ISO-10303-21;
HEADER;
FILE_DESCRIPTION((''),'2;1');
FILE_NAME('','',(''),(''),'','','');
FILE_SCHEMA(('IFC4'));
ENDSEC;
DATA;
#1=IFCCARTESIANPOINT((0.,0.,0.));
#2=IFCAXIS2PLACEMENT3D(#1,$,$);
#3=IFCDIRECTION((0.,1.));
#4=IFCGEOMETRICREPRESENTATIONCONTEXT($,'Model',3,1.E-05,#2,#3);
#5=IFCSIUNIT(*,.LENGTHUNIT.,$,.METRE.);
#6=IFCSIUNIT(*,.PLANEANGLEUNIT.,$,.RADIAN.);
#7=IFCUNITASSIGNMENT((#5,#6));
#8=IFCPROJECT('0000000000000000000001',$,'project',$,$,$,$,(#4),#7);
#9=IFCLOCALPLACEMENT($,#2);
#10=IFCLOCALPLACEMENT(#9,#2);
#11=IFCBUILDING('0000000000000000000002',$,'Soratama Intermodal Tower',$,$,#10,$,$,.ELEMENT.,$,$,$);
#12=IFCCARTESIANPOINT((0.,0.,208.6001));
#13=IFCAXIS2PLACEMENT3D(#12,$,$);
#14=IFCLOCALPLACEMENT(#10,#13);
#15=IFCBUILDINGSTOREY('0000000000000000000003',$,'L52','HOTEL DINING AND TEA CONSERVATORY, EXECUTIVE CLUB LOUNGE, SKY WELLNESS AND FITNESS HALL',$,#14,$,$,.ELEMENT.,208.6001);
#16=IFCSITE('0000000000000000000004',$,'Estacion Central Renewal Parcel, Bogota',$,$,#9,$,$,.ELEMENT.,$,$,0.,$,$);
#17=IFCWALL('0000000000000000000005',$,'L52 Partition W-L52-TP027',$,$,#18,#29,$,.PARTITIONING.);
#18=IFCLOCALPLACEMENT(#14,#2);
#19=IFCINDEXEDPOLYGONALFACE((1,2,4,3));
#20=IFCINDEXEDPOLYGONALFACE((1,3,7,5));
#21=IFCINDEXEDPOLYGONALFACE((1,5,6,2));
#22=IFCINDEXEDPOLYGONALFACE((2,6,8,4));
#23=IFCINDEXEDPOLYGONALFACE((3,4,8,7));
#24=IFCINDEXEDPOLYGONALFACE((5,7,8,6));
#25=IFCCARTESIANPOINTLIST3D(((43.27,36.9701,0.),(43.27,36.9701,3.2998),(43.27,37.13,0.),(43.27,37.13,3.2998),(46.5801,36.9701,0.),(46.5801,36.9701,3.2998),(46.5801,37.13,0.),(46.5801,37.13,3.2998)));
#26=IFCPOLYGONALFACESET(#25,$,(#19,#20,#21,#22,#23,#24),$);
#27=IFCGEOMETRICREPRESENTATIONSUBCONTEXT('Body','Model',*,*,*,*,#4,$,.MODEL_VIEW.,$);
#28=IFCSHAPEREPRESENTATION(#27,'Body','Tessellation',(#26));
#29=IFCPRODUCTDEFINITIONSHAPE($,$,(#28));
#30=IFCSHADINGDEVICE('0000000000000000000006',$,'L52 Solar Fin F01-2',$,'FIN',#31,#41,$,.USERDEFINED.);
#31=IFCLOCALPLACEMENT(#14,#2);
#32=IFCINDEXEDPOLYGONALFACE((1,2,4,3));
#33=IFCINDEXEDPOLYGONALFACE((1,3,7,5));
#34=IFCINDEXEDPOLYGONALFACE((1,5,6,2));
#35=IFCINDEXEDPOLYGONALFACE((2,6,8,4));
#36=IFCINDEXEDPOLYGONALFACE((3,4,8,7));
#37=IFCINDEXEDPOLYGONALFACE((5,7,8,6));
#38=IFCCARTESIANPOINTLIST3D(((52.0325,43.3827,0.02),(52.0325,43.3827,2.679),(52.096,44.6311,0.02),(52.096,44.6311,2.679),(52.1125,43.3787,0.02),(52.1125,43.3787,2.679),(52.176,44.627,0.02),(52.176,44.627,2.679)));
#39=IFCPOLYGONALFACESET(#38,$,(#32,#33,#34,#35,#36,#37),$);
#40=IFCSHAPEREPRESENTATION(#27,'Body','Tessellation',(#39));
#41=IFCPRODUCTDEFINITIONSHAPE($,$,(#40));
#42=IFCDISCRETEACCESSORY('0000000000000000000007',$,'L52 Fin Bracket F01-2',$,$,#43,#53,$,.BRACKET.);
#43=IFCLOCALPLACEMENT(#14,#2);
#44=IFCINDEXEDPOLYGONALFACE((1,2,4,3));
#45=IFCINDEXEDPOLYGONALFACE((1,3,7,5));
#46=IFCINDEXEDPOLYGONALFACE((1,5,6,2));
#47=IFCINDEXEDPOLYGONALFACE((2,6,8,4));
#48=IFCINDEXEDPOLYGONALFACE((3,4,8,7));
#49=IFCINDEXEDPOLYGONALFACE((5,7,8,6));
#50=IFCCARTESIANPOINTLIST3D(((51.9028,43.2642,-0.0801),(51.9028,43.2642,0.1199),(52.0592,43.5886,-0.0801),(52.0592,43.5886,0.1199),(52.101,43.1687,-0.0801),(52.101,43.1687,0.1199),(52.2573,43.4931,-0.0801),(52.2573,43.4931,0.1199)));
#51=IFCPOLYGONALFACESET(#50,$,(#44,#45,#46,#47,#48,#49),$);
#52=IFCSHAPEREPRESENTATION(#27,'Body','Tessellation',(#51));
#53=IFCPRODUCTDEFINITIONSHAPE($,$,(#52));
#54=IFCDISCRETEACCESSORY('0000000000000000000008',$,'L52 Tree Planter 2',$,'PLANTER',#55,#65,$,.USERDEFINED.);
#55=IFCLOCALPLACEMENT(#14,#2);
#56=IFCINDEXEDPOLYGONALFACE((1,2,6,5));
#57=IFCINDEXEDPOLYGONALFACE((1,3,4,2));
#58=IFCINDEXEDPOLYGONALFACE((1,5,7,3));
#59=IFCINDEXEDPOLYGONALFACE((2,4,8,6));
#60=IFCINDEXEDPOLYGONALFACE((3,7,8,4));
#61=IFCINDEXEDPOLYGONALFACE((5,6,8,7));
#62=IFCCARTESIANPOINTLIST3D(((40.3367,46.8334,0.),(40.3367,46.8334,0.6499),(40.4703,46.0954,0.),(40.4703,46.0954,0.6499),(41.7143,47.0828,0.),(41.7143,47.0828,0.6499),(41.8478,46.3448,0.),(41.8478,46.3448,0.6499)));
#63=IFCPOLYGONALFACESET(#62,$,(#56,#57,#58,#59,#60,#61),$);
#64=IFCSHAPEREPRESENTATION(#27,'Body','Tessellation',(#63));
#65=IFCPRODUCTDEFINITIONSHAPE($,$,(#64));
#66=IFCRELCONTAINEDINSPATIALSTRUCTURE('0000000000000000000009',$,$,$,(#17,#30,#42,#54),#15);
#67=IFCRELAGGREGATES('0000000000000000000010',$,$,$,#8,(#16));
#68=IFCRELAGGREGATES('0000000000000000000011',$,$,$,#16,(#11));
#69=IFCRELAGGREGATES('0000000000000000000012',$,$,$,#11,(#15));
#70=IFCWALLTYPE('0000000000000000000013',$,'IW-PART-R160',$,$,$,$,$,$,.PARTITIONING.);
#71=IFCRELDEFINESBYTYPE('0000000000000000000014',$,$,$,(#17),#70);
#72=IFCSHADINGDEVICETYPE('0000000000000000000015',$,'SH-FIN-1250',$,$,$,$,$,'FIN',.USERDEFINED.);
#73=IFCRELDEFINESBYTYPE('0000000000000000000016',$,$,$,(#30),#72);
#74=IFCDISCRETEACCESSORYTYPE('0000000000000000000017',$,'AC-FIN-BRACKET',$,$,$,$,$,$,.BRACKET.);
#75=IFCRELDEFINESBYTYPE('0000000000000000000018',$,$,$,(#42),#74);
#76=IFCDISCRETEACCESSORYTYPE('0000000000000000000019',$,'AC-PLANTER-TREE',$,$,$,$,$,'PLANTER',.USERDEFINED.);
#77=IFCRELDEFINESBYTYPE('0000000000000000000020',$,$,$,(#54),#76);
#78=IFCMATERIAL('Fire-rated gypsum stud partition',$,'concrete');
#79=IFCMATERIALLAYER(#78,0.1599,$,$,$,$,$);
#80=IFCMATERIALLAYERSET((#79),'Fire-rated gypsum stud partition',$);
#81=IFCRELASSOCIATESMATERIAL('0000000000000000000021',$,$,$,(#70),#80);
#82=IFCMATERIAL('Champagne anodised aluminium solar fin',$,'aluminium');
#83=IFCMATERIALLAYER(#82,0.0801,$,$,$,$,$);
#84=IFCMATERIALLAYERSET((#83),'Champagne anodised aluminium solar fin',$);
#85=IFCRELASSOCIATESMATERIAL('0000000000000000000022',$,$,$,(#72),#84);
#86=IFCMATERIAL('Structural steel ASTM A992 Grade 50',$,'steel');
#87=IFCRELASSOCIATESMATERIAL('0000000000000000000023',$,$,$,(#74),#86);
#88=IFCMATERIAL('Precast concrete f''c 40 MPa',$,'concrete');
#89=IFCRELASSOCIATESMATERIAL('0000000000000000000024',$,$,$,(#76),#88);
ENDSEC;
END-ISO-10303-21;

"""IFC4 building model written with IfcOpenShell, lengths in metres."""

from ifc_helpers import new_model, si_unit, direction, frame, frame_2d, origin, origin_2d, place, context, subcontext, project, spatial, rectangle, extrude, material, layer, layer_set, type_object, element, save


model = new_model("IFC4")

# Units and contexts
model_context = context("Model", 3, precision=1e-05, world=origin(), true_north=direction((0.0, 1.0)))
body_context = subcontext(model_context, "Body", "Model", "MODEL_VIEW")
ifc_project = project(units=[si_unit("LENGTHUNIT", "METRE"), si_unit("PLANEANGLEUNIT", "RADIAN")], contexts=[model_context])

# Site, building, storey
site_placement = place(None, origin())
site = spatial("IfcSite", under=ifc_project, at=site_placement, Name="Estacion Central Renewal Parcel, Bogota", CompositionType="ELEMENT", RefElevation=0.0)
building_placement = place(site_placement, origin())
building = spatial("IfcBuilding", under=site, at=building_placement, Name="Soratama Intermodal Tower", CompositionType="ELEMENT")
storey_placement = place(building_placement, frame((0.0, 0.0, 208.6001)))
storey = spatial("IfcBuildingStorey", under=building, at=storey_placement, Name="L52", Description="HOTEL DINING AND TEA CONSERVATORY, EXECUTIVE CLUB LOUNGE, SKY WELLNESS AND FITNESS HALL", CompositionType="ELEMENT", Elevation=208.6001)

# Shared definitions
ifc_material_1 = material(Name="Fire-rated gypsum stud partition", Category="concrete")
ifc_layer_1 = layer(ifc_material_1, 0.1599)
ifc_layer_set_1 = layer_set([ifc_layer_1], Name="Fire-rated gypsum stud partition")
wall_type_1 = type_object("IfcWallType", Name="IW-PART-R160", PredefinedType="PARTITIONING", material=ifc_layer_set_1)

# Wall
wall_1_placement = place(storey_placement, frame((43.27, 37.05, 0.0), z_axis=(0.0, 0.0, 1.0), x_axis=(1.0, 0.0, 0.0)))
element("IfcWall", 1, at=wall_1_placement, inside=storey, type_object=wall_type_1, Name="L52 Partition W-L52-TP027", PredefinedType="PARTITIONING", context=body_context, shape_type="SweptSolid", body=[
    extrude(rectangle(XDim=3.3101, YDim=0.1599, at=frame_2d((1.655, 0.0))), origin(), (0.0, 0.0, 1.0), 3.2998),
])

# Shading device
ifc_material_2 = material(Name="Champagne anodised aluminium solar fin", Category="aluminium")
ifc_layer_2 = layer(ifc_material_2, 0.0801)
ifc_layer_set_2 = layer_set([ifc_layer_2], Name="Champagne anodised aluminium solar fin")
shading_device_type = type_object("IfcShadingDeviceType", Name="SH-FIN-1250", ElementType="FIN", PredefinedType="USERDEFINED", material=ifc_layer_set_2)
shading_device_placement = place(storey_placement, frame((52.1042, 44.0049, 0.02), z_axis=(0.0, 0.0, 1.0), x_axis=(0.050767, 0.998711, 0.0)))
element("IfcShadingDevice", 2, at=shading_device_placement, inside=storey, type_object=shading_device_type, Name="L52 Solar Fin F01-2", ObjectType="FIN", PredefinedType="USERDEFINED", context=body_context, shape_type="SweptSolid", body=[
    extrude(rectangle(XDim=1.25, YDim=0.0801, at=origin_2d()), origin(), (0.0, 0.0, 1.0), 2.6589),
])

# Discrete accessories
ifc_material_3 = material(Name="Structural steel ASTM A992 Grade 50", Category="steel")
discrete_accessory_type_1 = type_object("IfcDiscreteAccessoryType", Name="AC-FIN-BRACKET", PredefinedType="BRACKET", material=ifc_material_3)
discrete_accessory_1_placement = place(storey_placement, frame((52.0801, 43.3787, -0.0801), z_axis=(0.0, 0.0, 1.0), x_axis=(0.434288, 0.900774, 0.0)))
element("IfcDiscreteAccessory", 3, at=discrete_accessory_1_placement, inside=storey, type_object=discrete_accessory_type_1, Name="L52 Fin Bracket F01-2", PredefinedType="BRACKET", context=body_context, shape_type="SweptSolid", body=[
    extrude(rectangle(XDim=0.3601, YDim=0.22, at=origin_2d()), origin(), (0.0, 0.0, 1.0), 0.2),
])
ifc_material_4 = material(Name="Precast concrete f'c 40 MPa", Category="concrete")
discrete_accessory_type_2 = type_object("IfcDiscreteAccessoryType", Name="AC-PLANTER-TREE", ElementType="PLANTER", PredefinedType="USERDEFINED", material=ifc_material_4)
discrete_accessory_2_placement = place(storey_placement, frame((41.0923, 46.5891, 0.0), z_axis=(0.0, 0.0, 1.0), x_axis=(-0.178115, 0.98401, 0.0)))
element("IfcDiscreteAccessory", 4, at=discrete_accessory_2_placement, inside=storey, type_object=discrete_accessory_type_2, Name="L52 Tree Planter 2", ObjectType="PLANTER", PredefinedType="USERDEFINED", context=body_context, shape_type="SweptSolid", body=[
    extrude(rectangle(XDim=0.75, YDim=1.3999, at=origin_2d()), origin(), (0.0, 0.0, 1.0), 0.6499),
])

save(model, "model.ifc")
